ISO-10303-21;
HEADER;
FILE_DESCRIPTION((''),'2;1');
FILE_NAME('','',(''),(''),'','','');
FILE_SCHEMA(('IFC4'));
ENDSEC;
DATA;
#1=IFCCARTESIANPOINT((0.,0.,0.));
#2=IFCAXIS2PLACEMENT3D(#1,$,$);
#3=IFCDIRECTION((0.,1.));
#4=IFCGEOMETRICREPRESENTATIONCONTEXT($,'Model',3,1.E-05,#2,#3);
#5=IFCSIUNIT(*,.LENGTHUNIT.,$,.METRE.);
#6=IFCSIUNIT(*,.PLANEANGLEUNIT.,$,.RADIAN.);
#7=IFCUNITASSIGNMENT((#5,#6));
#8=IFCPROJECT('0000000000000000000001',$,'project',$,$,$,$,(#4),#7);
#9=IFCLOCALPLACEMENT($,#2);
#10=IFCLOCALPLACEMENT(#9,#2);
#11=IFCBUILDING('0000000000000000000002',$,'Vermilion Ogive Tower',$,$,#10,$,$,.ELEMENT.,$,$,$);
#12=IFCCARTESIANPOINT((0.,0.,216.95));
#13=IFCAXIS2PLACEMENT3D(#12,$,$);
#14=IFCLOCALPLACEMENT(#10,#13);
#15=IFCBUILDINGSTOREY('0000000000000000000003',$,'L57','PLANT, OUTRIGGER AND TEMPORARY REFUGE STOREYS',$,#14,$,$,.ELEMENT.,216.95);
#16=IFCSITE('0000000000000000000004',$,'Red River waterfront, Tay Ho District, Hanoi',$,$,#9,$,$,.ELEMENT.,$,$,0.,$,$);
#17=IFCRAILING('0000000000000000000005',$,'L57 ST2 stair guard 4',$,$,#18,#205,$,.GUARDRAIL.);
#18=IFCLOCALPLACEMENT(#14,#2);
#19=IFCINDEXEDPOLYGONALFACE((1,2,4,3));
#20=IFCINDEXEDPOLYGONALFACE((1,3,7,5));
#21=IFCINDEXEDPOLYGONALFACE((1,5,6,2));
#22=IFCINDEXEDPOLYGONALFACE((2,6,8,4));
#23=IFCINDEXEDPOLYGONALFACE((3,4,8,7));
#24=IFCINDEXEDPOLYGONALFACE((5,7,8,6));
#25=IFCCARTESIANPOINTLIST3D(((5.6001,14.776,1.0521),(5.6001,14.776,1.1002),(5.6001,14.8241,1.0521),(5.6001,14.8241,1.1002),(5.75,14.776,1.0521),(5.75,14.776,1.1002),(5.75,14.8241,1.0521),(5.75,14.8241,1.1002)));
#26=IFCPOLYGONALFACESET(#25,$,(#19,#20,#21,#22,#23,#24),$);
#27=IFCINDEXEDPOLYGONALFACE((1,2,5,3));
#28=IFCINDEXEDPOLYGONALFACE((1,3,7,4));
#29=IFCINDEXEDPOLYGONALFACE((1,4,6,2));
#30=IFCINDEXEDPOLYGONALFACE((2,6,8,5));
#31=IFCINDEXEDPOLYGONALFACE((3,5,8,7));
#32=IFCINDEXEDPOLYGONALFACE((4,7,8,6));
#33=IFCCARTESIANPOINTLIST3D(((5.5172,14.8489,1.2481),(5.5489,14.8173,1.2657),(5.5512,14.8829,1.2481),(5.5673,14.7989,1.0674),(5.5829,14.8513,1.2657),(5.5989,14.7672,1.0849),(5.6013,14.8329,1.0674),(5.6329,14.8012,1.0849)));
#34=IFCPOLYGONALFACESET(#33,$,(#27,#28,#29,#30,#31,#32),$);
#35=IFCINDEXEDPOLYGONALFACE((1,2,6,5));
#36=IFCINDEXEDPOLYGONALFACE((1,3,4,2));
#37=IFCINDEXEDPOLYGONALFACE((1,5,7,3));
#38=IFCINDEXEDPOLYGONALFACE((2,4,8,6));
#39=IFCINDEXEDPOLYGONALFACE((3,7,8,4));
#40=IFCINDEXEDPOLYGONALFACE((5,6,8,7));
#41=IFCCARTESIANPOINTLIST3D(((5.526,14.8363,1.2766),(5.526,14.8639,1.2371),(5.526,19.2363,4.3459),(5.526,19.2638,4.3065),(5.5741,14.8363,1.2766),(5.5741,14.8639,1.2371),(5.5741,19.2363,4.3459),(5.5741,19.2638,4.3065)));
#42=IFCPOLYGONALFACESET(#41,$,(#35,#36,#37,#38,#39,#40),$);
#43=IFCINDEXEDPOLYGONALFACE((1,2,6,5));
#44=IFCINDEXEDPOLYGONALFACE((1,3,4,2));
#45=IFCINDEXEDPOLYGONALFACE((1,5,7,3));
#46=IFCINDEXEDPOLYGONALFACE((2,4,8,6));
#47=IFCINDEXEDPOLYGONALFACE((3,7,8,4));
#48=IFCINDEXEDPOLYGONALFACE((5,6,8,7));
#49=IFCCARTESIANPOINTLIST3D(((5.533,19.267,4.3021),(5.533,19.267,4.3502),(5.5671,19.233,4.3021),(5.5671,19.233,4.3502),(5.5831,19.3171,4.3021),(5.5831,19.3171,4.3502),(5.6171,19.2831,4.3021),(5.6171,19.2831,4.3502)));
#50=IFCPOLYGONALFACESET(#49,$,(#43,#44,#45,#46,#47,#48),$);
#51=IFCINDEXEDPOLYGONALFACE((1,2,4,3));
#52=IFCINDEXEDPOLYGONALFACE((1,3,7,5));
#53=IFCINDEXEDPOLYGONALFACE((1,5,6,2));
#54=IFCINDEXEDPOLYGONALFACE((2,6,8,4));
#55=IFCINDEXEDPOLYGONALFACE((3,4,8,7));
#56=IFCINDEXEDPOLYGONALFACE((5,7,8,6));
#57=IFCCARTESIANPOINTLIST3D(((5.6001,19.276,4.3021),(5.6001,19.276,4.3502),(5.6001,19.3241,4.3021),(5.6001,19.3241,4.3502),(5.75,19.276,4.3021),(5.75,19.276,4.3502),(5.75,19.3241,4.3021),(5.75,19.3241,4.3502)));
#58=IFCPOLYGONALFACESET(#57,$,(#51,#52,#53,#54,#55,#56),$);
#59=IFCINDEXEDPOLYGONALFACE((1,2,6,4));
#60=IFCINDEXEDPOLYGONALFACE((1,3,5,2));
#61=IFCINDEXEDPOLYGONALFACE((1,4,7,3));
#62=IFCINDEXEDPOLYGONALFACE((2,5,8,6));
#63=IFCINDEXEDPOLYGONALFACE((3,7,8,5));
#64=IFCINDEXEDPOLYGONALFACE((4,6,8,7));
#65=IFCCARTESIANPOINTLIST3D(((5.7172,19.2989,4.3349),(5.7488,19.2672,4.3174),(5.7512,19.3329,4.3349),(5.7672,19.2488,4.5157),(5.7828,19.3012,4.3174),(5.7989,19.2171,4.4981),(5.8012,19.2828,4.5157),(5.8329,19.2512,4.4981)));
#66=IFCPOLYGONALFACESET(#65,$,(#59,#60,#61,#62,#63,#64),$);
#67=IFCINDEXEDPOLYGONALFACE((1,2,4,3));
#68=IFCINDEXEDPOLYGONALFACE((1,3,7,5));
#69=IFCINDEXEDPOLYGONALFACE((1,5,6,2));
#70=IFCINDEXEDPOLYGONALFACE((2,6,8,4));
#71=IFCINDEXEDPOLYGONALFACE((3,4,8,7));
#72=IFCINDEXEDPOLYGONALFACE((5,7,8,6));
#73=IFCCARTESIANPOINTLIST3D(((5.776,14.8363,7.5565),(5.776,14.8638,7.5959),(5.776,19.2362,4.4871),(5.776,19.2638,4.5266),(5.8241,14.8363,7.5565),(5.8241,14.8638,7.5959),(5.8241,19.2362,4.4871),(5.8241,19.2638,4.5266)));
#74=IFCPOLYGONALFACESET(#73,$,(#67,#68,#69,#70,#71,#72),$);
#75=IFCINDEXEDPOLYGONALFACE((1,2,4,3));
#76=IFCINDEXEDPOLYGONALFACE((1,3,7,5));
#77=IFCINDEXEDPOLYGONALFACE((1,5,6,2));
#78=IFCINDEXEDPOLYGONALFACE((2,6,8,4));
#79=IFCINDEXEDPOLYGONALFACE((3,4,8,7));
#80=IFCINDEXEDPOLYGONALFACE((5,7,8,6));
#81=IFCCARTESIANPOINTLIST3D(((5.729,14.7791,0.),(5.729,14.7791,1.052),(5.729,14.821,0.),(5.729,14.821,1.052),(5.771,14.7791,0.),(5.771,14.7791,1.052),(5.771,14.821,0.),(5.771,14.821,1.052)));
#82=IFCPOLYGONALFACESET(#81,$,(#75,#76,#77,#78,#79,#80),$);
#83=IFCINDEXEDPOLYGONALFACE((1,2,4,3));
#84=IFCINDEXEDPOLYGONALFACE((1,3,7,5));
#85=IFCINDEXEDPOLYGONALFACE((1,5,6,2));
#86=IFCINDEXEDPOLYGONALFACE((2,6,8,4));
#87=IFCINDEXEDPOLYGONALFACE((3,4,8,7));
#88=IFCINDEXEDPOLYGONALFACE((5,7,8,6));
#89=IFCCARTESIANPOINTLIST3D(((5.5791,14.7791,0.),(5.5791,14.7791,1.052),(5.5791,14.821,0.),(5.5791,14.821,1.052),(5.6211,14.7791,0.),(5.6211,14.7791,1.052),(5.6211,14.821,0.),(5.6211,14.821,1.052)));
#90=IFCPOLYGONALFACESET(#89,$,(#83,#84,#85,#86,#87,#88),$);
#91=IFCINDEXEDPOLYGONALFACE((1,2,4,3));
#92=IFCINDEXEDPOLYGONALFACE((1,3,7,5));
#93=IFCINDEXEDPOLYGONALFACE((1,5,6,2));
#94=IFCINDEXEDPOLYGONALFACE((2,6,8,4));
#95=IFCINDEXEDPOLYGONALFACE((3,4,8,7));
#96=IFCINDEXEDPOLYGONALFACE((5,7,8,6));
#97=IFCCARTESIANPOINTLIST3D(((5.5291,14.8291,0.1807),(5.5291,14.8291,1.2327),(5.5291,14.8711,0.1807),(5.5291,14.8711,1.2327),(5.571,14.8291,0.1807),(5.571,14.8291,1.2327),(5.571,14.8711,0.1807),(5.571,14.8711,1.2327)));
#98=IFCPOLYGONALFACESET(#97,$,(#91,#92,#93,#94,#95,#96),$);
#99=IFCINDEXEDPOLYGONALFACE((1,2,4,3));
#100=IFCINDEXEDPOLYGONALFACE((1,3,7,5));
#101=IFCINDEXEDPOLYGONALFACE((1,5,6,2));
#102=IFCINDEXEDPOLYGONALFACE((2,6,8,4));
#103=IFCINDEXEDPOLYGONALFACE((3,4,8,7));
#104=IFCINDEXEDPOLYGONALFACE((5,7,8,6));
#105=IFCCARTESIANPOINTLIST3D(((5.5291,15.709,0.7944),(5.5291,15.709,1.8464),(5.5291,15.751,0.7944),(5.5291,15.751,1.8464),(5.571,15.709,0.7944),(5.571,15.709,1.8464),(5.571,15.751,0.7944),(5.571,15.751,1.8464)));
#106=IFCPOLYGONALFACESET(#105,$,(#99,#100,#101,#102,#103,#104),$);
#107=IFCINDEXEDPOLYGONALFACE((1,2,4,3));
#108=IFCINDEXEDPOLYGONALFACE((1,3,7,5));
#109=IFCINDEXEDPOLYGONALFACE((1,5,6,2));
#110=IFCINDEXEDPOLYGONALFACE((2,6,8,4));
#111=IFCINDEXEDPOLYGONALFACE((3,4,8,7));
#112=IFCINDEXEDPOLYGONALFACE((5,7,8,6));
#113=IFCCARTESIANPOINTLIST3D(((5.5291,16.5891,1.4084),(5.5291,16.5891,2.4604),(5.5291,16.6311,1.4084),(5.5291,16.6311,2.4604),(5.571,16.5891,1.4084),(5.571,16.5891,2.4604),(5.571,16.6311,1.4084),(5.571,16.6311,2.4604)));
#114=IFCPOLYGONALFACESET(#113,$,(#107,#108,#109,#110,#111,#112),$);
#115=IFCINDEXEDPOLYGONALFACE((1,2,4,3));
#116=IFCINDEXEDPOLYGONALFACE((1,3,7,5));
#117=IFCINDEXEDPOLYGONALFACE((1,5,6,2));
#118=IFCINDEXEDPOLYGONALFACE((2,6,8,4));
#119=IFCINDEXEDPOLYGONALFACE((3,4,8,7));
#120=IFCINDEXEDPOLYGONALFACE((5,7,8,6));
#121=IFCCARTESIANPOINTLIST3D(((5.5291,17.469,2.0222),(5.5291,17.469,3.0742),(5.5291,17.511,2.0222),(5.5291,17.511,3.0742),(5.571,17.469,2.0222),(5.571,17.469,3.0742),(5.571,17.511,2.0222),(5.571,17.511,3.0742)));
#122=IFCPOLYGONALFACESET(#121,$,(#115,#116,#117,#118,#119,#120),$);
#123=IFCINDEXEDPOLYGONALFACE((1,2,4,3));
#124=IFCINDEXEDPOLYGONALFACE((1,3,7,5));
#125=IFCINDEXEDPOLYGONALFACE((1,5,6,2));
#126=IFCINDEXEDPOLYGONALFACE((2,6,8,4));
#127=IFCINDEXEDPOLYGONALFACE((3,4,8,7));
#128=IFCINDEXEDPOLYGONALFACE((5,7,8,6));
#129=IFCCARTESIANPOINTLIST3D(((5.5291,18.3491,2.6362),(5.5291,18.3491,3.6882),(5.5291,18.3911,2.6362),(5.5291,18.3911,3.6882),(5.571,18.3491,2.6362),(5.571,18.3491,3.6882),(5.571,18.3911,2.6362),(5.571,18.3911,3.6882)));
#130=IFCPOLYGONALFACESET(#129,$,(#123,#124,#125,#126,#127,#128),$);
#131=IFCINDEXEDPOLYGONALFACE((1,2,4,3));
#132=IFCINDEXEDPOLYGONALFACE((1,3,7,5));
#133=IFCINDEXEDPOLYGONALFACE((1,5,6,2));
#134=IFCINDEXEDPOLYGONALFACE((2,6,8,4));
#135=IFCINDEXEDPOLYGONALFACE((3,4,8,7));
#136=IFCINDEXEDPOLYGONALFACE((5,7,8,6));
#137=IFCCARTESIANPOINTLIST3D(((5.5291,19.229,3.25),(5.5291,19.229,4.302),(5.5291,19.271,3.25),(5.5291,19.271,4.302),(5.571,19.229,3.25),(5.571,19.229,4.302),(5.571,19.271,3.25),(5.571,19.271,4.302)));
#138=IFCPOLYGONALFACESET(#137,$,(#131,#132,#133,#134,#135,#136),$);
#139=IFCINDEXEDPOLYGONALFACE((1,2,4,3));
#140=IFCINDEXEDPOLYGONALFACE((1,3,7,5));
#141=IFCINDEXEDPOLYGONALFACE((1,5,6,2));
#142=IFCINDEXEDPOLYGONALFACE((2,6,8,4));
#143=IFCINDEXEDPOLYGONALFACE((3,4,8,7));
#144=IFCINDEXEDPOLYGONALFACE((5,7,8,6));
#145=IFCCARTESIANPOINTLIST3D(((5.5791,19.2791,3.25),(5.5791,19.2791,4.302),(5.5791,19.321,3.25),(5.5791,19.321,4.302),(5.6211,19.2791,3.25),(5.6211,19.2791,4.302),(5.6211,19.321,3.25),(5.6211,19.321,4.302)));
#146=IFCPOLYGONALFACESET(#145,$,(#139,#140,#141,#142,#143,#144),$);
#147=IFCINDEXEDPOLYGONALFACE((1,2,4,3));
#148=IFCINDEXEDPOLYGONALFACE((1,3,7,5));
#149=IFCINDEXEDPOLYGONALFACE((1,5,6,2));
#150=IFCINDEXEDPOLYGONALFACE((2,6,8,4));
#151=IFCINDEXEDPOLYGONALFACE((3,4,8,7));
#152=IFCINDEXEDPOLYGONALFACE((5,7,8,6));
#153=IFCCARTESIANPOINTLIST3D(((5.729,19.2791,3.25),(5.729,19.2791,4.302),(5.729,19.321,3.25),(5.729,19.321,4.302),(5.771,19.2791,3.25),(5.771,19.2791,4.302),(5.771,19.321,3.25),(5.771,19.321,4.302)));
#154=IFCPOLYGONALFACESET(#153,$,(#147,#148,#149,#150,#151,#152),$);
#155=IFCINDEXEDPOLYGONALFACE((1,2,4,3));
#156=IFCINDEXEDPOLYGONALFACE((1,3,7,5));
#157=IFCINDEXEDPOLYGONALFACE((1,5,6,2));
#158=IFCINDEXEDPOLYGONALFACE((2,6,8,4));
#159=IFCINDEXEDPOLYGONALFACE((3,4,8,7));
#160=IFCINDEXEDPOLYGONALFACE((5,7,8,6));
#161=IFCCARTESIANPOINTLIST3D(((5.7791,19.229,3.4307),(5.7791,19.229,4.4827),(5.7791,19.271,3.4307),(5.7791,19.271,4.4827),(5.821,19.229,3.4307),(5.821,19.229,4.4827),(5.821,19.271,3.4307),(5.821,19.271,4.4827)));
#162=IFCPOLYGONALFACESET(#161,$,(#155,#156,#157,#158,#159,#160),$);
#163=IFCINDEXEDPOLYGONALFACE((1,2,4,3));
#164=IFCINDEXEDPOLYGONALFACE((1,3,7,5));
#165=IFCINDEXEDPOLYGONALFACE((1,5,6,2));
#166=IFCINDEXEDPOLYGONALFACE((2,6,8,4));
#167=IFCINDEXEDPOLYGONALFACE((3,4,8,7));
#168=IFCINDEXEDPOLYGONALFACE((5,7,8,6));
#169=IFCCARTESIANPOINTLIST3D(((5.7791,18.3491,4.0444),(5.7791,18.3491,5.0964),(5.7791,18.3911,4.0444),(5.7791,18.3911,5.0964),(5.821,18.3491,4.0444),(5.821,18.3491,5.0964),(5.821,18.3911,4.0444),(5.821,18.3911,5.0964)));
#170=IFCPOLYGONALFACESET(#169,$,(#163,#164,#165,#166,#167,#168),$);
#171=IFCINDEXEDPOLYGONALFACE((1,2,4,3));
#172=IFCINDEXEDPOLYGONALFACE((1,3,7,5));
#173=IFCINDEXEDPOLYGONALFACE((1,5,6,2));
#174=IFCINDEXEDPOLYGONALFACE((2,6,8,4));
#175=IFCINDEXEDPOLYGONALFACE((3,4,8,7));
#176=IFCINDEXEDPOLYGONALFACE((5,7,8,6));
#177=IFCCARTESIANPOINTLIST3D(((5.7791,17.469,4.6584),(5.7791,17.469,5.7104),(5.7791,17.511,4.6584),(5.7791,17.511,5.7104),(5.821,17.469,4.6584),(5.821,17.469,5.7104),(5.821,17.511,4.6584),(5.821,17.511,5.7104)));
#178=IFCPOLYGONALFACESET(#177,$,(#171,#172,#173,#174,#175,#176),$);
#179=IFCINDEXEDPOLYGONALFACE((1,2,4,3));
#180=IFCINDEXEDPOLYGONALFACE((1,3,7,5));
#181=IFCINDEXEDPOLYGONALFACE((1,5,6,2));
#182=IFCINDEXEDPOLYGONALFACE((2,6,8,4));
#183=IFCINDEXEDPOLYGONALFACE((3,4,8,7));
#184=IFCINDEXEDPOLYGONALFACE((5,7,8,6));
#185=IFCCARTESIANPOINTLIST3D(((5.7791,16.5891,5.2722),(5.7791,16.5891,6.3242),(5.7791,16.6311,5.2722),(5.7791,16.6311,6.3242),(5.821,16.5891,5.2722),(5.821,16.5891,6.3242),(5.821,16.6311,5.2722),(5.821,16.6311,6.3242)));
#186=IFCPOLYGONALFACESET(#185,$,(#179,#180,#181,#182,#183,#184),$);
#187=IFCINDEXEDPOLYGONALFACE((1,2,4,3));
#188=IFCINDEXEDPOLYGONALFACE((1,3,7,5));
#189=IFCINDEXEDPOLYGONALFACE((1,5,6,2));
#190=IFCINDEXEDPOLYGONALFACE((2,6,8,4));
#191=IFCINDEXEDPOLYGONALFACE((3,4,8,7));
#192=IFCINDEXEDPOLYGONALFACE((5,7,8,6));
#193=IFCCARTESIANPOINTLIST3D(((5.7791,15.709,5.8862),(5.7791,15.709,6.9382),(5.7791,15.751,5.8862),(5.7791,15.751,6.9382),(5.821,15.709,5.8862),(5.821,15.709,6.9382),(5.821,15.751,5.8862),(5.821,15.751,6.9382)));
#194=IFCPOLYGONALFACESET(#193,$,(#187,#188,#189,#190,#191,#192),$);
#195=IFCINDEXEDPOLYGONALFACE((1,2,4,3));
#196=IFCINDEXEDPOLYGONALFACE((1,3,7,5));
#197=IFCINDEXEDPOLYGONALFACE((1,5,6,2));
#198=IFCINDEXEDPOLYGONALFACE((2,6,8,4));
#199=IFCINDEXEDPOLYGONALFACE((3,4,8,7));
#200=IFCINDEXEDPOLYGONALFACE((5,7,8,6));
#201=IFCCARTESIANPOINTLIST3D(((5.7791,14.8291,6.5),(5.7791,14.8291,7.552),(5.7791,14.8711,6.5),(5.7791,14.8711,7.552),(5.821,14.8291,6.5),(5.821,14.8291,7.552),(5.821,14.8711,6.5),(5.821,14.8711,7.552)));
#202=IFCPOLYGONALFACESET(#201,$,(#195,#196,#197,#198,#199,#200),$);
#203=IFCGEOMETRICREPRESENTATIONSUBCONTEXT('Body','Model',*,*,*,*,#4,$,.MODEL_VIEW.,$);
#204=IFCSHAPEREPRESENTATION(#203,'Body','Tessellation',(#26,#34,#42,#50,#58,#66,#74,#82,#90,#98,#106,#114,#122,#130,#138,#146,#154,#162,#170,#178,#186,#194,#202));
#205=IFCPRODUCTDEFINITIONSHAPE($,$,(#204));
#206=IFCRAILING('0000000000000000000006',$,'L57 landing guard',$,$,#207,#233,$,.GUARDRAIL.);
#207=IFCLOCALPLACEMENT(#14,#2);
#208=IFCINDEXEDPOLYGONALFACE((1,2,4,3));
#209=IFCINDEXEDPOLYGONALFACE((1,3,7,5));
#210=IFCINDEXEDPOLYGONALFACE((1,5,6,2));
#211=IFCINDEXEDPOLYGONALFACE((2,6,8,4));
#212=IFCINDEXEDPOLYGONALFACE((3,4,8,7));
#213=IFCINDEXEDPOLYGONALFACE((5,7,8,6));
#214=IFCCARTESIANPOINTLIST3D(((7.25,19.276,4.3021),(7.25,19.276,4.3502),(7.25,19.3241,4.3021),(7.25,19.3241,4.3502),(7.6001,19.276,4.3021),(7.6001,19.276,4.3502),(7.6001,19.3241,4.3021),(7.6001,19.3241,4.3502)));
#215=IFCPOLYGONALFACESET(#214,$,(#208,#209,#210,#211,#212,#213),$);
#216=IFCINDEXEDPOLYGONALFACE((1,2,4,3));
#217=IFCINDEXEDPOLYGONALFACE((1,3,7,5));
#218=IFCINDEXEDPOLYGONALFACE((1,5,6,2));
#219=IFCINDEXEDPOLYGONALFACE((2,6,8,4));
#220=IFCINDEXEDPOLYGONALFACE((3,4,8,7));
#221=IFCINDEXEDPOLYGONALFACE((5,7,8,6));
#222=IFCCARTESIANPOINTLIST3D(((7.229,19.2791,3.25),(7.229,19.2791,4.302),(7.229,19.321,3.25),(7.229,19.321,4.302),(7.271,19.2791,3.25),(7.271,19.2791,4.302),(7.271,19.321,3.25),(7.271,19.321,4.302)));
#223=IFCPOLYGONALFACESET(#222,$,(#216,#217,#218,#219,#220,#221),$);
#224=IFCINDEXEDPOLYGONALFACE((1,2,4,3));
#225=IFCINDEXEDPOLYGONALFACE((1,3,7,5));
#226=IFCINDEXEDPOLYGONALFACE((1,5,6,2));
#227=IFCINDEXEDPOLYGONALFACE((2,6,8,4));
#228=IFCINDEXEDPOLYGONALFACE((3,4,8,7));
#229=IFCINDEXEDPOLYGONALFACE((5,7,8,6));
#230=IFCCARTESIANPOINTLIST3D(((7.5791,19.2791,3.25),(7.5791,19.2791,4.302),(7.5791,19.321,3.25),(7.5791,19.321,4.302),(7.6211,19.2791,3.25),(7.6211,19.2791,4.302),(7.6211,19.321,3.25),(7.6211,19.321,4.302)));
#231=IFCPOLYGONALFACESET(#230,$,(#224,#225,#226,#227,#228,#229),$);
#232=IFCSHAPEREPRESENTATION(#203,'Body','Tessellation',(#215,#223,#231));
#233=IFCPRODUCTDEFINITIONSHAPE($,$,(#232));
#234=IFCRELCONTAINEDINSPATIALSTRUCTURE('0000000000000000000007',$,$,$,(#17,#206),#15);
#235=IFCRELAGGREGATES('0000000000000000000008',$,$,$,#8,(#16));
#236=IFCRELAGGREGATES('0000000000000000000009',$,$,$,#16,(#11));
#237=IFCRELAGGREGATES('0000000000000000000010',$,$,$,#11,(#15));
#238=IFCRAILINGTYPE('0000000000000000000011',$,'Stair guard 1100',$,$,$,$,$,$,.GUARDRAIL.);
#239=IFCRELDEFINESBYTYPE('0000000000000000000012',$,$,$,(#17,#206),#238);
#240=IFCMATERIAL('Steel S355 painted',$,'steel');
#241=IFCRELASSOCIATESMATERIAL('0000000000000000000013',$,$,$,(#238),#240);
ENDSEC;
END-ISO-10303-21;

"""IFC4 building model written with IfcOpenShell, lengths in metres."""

from ifc_helpers import new_model, si_unit, direction, frame, origin, origin_2d, place, context, subcontext, project, spatial, rectangle, extrude, material, type_object, element, save


model = new_model("IFC4")

# Units and contexts
model_context = context("Model", 3, precision=1e-05, world=origin(), true_north=direction((0.0, 1.0)))
body_context = subcontext(model_context, "Body", "Model", "MODEL_VIEW")
ifc_project = project(units=[si_unit("LENGTHUNIT", "METRE"), si_unit("PLANEANGLEUNIT", "RADIAN")], contexts=[model_context])

# Site, building, storey
site_placement = place(None, origin())
site = spatial("IfcSite", under=ifc_project, at=site_placement, Name="Red River waterfront, Tay Ho District, Hanoi", CompositionType="ELEMENT", RefElevation=0.0)
building_placement = place(site_placement, origin())
building = spatial("IfcBuilding", under=site, at=building_placement, Name="Vermilion Ogive Tower", CompositionType="ELEMENT")
storey_placement = place(building_placement, frame((0.0, 0.0, 216.95)))
storey = spatial("IfcBuildingStorey", under=building, at=storey_placement, Name="L57", Description="PLANT, OUTRIGGER AND TEMPORARY REFUGE STOREYS", CompositionType="ELEMENT", Elevation=216.95)

# Railings
ifc_material_1 = material(Name="Steel S355 painted", Category="steel")
railing_type_1 = type_object("IfcRailingType", Name="Stair guard 1100", PredefinedType="GUARDRAIL", material=ifc_material_1)
railing_1_placement = place(storey_placement, frame((5.75, 14.8, 0.0)))
element("IfcRailing", 1, at=railing_1_placement, inside=storey, type_object=railing_type_1, Name="L57 ST2 stair guard 4", PredefinedType="GUARDRAIL", context=body_context, shape_type="SweptSolid", body=[
    extrude(rectangle(XDim=0.0481, YDim=0.0481, at=origin_2d()), frame((0.0, 0.0, 1.0762), z_axis=(-1.0, 0.0, 0.0), x_axis=(0.0, -1.0, 0.0)), (0.0, 0.0, 1.0), 0.1499),
    extrude(rectangle(XDim=0.0481, YDim=0.0481, at=origin_2d()), frame((-0.1499, 0.0, 1.0762), z_axis=(-0.257938, 0.257938, 0.931094), x_axis=(-0.707107, -0.707107, 0.0)), (0.0, 0.0, 1.0), 0.1941),
    extrude(rectangle(XDim=0.0481, YDim=0.0481, at=origin_2d()), frame((-0.2, 0.05, 1.2568), z_axis=(0.0, 0.820159, 0.572136), x_axis=(-1.0, 0.0, 0.0)), (0.0, 0.0, 1.0), 5.3647),
    extrude(rectangle(XDim=0.0481, YDim=0.0481, at=origin_2d()), frame((-0.2, 4.45, 4.3262), z_axis=(0.707107, 0.707107, 0.0), x_axis=(-0.707107, 0.707107, 0.0)), (0.0, 0.0, 1.0), 0.0708),
    extrude(rectangle(XDim=0.0481, YDim=0.0481, at=origin_2d()), frame((-0.1499, 4.5, 4.3262), z_axis=(1.0, 0.0, 0.0), x_axis=(0.0, 1.0, 0.0)), (0.0, 0.0, 1.0), 0.1499),
    extrude(rectangle(XDim=0.0481, YDim=0.0481, at=origin_2d()), frame((0.0, 4.5, 4.3262), z_axis=(0.257938, -0.257938, 0.931094), x_axis=(0.707107, 0.707107, 0.0)), (0.0, 0.0, 1.0), 0.1941),
    extrude(rectangle(XDim=0.0481, YDim=0.0481, at=origin_2d()), frame((0.05, 4.45, 4.5068), z_axis=(0.0, -0.820159, 0.572136), x_axis=(1.0, 0.0, 0.0)), (0.0, 0.0, 1.0), 5.3647),
    extrude(rectangle(XDim=0.042, YDim=0.042, at=origin_2d()), origin(), (0.0, 0.0, 1.0), 1.052),
    extrude(rectangle(XDim=0.042, YDim=0.042, at=origin_2d()), frame((-0.1499, 0.0, 0.0)), (0.0, 0.0, 1.0), 1.052),
    extrude(rectangle(XDim=0.042, YDim=0.042, at=origin_2d()), frame((-0.2, 0.05, 0.1807)), (0.0, 0.0, 1.0), 1.052),
    extrude(rectangle(XDim=0.042, YDim=0.042, at=origin_2d()), frame((-0.2, 0.9299, 0.7944)), (0.0, 0.0, 1.0), 1.052),
    extrude(rectangle(XDim=0.042, YDim=0.042, at=origin_2d()), frame((-0.2, 1.8101, 1.4084)), (0.0, 0.0, 1.0), 1.052),
    extrude(rectangle(XDim=0.042, YDim=0.042, at=origin_2d()), frame((-0.2, 2.6899, 2.0222)), (0.0, 0.0, 1.0), 1.052),
    extrude(rectangle(XDim=0.042, YDim=0.042, at=origin_2d()), frame((-0.2, 3.5701, 2.6362)), (0.0, 0.0, 1.0), 1.052),
    extrude(rectangle(XDim=0.042, YDim=0.042, at=origin_2d()), frame((-0.2, 4.45, 3.25)), (0.0, 0.0, 1.0), 1.052),
    extrude(rectangle(XDim=0.042, YDim=0.042, at=origin_2d()), frame((-0.1499, 4.5, 3.25)), (0.0, 0.0, 1.0), 1.052),
    extrude(rectangle(XDim=0.042, YDim=0.042, at=origin_2d()), frame((0.0, 4.5, 3.25)), (0.0, 0.0, 1.0), 1.052),
    extrude(rectangle(XDim=0.042, YDim=0.042, at=origin_2d()), frame((0.05, 4.45, 3.4307)), (0.0, 0.0, 1.0), 1.052),
    extrude(rectangle(XDim=0.042, YDim=0.042, at=origin_2d()), frame((0.05, 3.5701, 4.0444)), (0.0, 0.0, 1.0), 1.052),
    extrude(rectangle(XDim=0.042, YDim=0.042, at=origin_2d()), frame((0.05, 2.6899, 4.6584)), (0.0, 0.0, 1.0), 1.052),
    extrude(rectangle(XDim=0.042, YDim=0.042, at=origin_2d()), frame((0.05, 1.8101, 5.2722)), (0.0, 0.0, 1.0), 1.052),
    extrude(rectangle(XDim=0.042, YDim=0.042, at=origin_2d()), frame((0.05, 0.9299, 5.8862)), (0.0, 0.0, 1.0), 1.052),
    extrude(rectangle(XDim=0.042, YDim=0.042, at=origin_2d()), frame((0.05, 0.05, 6.5)), (0.0, 0.0, 1.0), 1.052),
])
railing_2_placement = place(storey_placement, frame((7.25, 19.3, 3.25)))
element("IfcRailing", 2, at=railing_2_placement, inside=storey, type_object=railing_type_1, Name="L57 landing guard", PredefinedType="GUARDRAIL", context=body_context, shape_type="SweptSolid", body=[
    extrude(rectangle(XDim=0.0481, YDim=0.0481, at=origin_2d()), frame((0.0, 0.0, 1.0762), z_axis=(1.0, 0.0, 0.0), x_axis=(0.0, 1.0, 0.0)), (0.0, 0.0, 1.0), 0.3501),
    extrude(rectangle(XDim=0.042, YDim=0.042, at=origin_2d()), origin(), (0.0, 0.0, 1.0), 1.052),
    extrude(rectangle(XDim=0.042, YDim=0.042, at=origin_2d()), frame((0.3501, 0.0, 0.0)), (0.0, 0.0, 1.0), 1.052),
])

save(model, "model.ifc")
